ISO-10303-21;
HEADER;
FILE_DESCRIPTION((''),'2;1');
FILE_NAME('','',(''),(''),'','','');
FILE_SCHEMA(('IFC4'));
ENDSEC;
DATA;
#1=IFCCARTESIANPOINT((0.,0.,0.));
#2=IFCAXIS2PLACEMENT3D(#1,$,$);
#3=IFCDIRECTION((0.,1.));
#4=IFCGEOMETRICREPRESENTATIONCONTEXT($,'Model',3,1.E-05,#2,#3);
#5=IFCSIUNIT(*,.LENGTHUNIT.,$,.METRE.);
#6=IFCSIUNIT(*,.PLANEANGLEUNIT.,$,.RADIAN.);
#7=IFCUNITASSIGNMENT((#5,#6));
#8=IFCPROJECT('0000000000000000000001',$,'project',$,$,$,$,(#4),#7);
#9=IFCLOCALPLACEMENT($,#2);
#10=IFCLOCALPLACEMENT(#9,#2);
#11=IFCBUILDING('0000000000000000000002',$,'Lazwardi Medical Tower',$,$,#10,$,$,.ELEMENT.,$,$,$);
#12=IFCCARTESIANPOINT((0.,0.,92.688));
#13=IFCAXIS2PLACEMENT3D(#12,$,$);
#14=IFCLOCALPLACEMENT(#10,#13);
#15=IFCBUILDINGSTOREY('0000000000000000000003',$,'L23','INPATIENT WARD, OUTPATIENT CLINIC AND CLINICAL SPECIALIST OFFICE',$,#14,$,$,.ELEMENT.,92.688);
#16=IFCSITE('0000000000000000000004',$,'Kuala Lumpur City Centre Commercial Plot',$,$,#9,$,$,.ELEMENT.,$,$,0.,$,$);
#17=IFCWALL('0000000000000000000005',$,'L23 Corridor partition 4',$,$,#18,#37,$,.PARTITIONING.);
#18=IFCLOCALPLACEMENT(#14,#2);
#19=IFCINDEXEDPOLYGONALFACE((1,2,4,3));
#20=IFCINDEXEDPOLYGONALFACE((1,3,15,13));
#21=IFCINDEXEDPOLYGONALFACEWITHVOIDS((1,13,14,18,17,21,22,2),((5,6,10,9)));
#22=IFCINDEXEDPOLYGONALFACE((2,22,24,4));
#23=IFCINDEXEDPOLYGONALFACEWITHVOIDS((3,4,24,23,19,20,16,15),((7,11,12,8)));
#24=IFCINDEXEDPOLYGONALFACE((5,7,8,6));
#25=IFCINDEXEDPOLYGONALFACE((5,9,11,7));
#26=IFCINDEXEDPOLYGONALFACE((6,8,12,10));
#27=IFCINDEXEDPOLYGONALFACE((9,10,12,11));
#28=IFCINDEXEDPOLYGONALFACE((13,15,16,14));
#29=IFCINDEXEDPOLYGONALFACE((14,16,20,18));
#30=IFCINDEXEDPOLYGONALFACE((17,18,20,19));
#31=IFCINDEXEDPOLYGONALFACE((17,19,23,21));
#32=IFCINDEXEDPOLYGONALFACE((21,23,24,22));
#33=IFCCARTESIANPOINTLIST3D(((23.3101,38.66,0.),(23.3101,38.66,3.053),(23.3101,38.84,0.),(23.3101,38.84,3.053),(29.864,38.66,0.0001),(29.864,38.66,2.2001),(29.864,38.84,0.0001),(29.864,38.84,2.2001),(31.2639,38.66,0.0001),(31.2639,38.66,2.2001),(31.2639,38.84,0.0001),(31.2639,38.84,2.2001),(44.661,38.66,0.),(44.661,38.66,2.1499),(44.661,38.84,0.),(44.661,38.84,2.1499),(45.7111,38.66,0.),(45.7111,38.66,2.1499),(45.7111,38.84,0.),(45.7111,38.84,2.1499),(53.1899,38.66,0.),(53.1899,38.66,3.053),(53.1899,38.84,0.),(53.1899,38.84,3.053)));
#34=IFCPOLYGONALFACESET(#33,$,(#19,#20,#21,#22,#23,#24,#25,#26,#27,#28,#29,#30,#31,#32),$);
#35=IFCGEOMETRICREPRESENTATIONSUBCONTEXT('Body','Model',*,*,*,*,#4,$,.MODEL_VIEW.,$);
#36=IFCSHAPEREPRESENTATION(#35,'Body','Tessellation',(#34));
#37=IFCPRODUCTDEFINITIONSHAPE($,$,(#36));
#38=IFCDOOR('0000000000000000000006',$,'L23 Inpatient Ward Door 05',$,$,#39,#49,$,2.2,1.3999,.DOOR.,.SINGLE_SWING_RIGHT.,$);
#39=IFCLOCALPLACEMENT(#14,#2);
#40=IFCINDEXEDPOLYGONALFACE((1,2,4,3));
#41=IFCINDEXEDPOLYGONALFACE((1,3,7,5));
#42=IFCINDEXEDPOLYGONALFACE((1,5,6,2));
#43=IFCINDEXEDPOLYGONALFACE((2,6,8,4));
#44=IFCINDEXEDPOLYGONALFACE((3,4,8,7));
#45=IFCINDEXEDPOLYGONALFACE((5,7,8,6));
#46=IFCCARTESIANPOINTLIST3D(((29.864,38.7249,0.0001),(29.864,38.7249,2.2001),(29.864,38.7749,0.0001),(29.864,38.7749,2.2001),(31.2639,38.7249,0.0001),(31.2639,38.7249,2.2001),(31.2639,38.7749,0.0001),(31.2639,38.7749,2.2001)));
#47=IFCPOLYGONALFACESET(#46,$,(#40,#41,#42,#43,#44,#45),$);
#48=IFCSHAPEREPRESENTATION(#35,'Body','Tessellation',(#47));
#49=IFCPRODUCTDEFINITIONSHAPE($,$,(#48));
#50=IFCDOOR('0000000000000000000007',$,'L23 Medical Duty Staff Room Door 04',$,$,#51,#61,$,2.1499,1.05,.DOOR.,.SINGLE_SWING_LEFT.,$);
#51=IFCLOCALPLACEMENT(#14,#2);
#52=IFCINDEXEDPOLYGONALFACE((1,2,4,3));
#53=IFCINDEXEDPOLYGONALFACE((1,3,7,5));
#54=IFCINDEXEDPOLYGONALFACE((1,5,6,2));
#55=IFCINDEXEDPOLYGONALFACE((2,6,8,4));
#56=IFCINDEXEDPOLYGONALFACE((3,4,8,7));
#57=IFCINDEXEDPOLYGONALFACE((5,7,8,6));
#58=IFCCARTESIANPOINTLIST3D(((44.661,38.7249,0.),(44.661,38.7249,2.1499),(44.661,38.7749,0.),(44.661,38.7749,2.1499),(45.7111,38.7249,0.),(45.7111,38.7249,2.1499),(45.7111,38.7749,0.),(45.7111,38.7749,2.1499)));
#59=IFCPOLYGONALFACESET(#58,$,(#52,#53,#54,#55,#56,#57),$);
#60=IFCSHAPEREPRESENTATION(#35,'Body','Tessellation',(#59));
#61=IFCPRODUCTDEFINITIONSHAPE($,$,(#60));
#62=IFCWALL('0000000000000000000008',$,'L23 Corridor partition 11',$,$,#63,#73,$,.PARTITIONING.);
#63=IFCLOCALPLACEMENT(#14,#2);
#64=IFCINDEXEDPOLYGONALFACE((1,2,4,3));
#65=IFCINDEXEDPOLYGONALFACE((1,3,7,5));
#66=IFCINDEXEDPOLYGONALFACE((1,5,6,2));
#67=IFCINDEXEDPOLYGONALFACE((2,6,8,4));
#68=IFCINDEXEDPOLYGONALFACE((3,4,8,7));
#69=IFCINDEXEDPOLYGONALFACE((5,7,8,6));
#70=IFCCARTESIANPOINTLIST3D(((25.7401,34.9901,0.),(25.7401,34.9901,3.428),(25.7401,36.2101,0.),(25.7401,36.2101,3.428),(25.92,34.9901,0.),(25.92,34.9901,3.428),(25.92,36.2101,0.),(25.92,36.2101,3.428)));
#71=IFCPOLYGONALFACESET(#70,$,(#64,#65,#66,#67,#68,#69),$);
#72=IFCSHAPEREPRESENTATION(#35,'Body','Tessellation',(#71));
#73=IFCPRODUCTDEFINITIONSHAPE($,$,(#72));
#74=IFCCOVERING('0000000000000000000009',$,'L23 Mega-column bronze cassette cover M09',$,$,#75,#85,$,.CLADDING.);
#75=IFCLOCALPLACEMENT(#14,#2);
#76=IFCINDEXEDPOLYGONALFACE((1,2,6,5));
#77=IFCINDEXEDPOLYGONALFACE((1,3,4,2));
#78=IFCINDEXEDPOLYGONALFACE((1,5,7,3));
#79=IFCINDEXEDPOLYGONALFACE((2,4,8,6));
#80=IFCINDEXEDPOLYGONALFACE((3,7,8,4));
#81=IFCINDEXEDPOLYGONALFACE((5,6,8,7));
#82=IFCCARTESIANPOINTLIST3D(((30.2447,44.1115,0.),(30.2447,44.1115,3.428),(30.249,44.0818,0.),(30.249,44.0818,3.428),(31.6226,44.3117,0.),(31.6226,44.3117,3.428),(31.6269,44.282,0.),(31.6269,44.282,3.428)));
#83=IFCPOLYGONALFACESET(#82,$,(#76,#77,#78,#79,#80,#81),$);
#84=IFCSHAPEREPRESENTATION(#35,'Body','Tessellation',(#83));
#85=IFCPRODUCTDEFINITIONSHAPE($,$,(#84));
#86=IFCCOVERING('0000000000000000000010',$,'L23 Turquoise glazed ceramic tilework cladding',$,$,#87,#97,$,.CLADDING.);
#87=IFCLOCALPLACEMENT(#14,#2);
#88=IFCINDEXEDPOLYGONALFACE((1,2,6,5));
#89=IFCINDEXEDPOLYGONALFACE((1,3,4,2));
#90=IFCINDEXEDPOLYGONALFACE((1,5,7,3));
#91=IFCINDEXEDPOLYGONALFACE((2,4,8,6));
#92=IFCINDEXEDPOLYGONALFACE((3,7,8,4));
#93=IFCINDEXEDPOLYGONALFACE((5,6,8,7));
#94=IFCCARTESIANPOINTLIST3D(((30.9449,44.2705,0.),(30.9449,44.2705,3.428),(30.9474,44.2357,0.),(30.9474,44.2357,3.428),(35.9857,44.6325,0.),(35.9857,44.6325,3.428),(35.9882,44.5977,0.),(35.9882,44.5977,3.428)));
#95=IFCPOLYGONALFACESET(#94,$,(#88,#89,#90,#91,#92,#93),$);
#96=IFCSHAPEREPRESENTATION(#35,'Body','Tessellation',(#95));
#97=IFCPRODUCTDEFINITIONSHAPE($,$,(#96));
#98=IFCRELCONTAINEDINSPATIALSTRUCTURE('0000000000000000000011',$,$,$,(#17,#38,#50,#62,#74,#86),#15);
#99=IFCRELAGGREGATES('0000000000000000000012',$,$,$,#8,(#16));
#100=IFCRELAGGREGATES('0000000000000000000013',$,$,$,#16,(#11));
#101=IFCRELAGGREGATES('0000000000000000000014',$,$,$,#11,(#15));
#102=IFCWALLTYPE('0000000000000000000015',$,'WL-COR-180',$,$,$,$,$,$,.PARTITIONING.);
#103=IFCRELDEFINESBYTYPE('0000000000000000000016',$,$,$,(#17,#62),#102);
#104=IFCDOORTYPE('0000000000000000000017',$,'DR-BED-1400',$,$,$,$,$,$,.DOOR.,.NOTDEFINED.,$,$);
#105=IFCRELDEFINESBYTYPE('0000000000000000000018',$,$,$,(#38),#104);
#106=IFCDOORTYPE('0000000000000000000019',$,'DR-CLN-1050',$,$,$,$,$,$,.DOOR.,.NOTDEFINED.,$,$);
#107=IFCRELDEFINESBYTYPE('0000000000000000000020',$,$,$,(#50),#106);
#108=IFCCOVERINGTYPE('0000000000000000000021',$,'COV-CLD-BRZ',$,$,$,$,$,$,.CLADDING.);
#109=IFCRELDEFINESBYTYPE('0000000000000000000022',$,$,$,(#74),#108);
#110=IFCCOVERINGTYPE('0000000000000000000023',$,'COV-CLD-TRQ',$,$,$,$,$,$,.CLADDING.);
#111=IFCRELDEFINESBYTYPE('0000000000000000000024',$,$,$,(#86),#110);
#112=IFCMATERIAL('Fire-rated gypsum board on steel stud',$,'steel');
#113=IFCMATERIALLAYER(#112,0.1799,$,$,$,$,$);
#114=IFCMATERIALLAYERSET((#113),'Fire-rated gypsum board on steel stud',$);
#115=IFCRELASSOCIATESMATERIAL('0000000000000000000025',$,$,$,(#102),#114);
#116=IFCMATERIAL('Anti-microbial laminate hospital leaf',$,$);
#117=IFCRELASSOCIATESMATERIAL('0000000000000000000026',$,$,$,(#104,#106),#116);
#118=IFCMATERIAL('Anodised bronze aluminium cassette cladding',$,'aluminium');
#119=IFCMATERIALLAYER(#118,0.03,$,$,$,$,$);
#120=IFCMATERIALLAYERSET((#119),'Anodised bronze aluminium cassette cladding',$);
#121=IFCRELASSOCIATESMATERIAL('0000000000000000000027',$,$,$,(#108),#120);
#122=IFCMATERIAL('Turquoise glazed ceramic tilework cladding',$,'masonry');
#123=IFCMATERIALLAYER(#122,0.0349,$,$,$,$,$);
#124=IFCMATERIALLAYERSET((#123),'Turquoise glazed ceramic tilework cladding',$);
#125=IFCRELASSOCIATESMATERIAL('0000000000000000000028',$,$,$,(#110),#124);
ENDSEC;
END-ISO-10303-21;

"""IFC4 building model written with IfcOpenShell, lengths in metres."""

from ifc_helpers import new_model, si_unit, direction, frame, frame_2d, origin, origin_2d, place, context, subcontext, project, spatial, rectangle, extrude, material, layer, layer_set, type_object, element, fill, save


model = new_model("IFC4")

# Units and contexts
model_context = context("Model", 3, precision=1e-05, world=origin(), true_north=direction((0.0, 1.0)))
body_context = subcontext(model_context, "Body", "Model", "MODEL_VIEW")
ifc_project = project(units=[si_unit("LENGTHUNIT", "METRE"), si_unit("PLANEANGLEUNIT", "RADIAN")], contexts=[model_context])

# Site, building, storey
site_placement = place(None, origin())
site = spatial("IfcSite", under=ifc_project, at=site_placement, Name="Kuala Lumpur City Centre Commercial Plot", CompositionType="ELEMENT", RefElevation=0.0)
building_placement = place(site_placement, origin())
building = spatial("IfcBuilding", under=site, at=building_placement, Name="Lazwardi Medical Tower", CompositionType="ELEMENT")
storey_placement = place(building_placement, frame((0.0, 0.0, 92.688)))
storey = spatial("IfcBuildingStorey", under=building, at=storey_placement, Name="L23", Description="INPATIENT WARD, OUTPATIENT CLINIC AND CLINICAL SPECIALIST OFFICE", CompositionType="ELEMENT", Elevation=92.688)

# Wall, openings, doors
ifc_material_1 = material(Name="Fire-rated gypsum board on steel stud", Category="steel")
ifc_layer_1 = layer(ifc_material_1, 0.1799)
ifc_layer_set_1 = layer_set([ifc_layer_1], Name="Fire-rated gypsum board on steel stud")
wall_type = type_object("IfcWallType", Name="WL-COR-180", PredefinedType="PARTITIONING", material=ifc_layer_set_1)
wall_1_placement = place(storey_placement, frame((23.3101, 38.75, 0.0), z_axis=(0.0, 0.0, 1.0), x_axis=(1.0, 0.0, 0.0)))
wall_1 = element("IfcWall", 1, at=wall_1_placement, inside=storey, type_object=wall_type, Name="L23 Corridor partition 4", PredefinedType="PARTITIONING", context=body_context, shape_type="SweptSolid", body=[
    extrude(rectangle(XDim=29.8799, YDim=0.1799, at=frame_2d((14.9399, 0.0))), origin(), (0.0, 0.0, 1.0), 3.053),
])
opening_1_placement = place(wall_1_placement, frame((21.3511, 0.0, 0.0)))
opening_1 = element("IfcOpeningElement", 2, at=opening_1_placement, cuts=wall_1, PredefinedType="OPENING", context=body_context, shape_type="SweptSolid", body=[
    extrude(rectangle(XDim=1.05, YDim=2.1499, at=frame_2d((0.5249, 1.075))), frame((0.0, 0.0999, 0.0), z_axis=(0.0, -1.0, 0.0), x_axis=(1.0, 0.0, 0.0)), (0.0, 0.0, 1.0), 0.2),
])
opening_2_placement = place(wall_1_placement, frame((6.554, 0.0, 0.0)))
opening_2 = element("IfcOpeningElement", 3, at=opening_2_placement, cuts=wall_1, PredefinedType="OPENING", context=body_context, shape_type="SweptSolid", body=[
    extrude(rectangle(XDim=1.3999, YDim=2.2, at=frame_2d((0.7, 1.1001))), frame((0.0, 0.0999, 0.0), z_axis=(0.0, -1.0, 0.0), x_axis=(1.0, 0.0, 0.0)), (0.0, 0.0, 1.0), 0.2),
])
ifc_material_2 = material(Name="Anti-microbial laminate hospital leaf")
door_type_1 = type_object("IfcDoorType", Name="DR-BED-1400", OperationType="NOTDEFINED", PredefinedType="DOOR", material=ifc_material_2)
door_1_placement = place(opening_2_placement, origin())
door_1 = element("IfcDoor", 4, at=door_1_placement, inside=storey, type_object=door_type_1, Name="L23 Inpatient Ward Door 05", OperationType="SINGLE_SWING_RIGHT", OverallHeight=2.2, OverallWidth=1.3999, PredefinedType="DOOR", context=body_context, shape_type="SweptSolid", body=[
    extrude(rectangle(XDim=1.3999, YDim=2.2, at=frame_2d((0.7, 1.1001))), frame((0.0, 0.0249, 0.0), z_axis=(0.0, -1.0, 0.0), x_axis=(1.0, 0.0, 0.0)), (0.0, 0.0, 1.0), 0.05),
])
fill(opening_2, door_1)
door_type_2 = type_object("IfcDoorType", Name="DR-CLN-1050", OperationType="NOTDEFINED", PredefinedType="DOOR", material=ifc_material_2)
door_2_placement = place(opening_1_placement, origin())
door_2 = element("IfcDoor", 5, at=door_2_placement, inside=storey, type_object=door_type_2, Name="L23 Medical Duty Staff Room Door 04", OperationType="SINGLE_SWING_LEFT", OverallHeight=2.1499, OverallWidth=1.05, PredefinedType="DOOR", context=body_context, shape_type="SweptSolid", body=[
    extrude(rectangle(XDim=1.05, YDim=2.1499, at=frame_2d((0.5249, 1.075))), frame((0.0, 0.0249, 0.0), z_axis=(0.0, -1.0, 0.0), x_axis=(1.0, 0.0, 0.0)), (0.0, 0.0, 1.0), 0.05),
])
fill(opening_1, door_2)

# Wall
wall_2_placement = place(storey_placement, frame((25.8301, 36.21, 0.0), z_axis=(0.0, 0.0, 1.0), x_axis=(0.0, -1.0, 0.0)))
element("IfcWall", 6, at=wall_2_placement, inside=storey, type_object=wall_type, Name="L23 Corridor partition 11", PredefinedType="PARTITIONING", context=body_context, shape_type="SweptSolid", body=[
    extrude(rectangle(XDim=1.22, YDim=0.1799, at=frame_2d((0.6099, 0.0))), origin(), (0.0, 0.0, 1.0), 3.428),
])

# Coverings
ifc_material_3 = material(Name="Anodised bronze aluminium cassette cladding", Category="aluminium")
ifc_layer_2 = layer(ifc_material_3, 0.03)
ifc_layer_set_2 = layer_set([ifc_layer_2], Name="Anodised bronze aluminium cassette cladding")
covering_type_1 = type_object("IfcCoveringType", Name="COV-CLD-BRZ", PredefinedType="CLADDING", material=ifc_layer_set_2)
covering_1_placement = place(storey_placement, frame((30.9358, 44.1968, 0.0), z_axis=(0.0, 0.0, 1.0), x_axis=(-0.989609, -0.143785, 0.0)))
element("IfcCovering", 7, at=covering_1_placement, inside=storey, type_object=covering_type_1, Name="L23 Mega-column bronze cassette cover M09", PredefinedType="CLADDING", context=body_context, shape_type="SweptSolid", body=[
    extrude(rectangle(XDim=1.3923, YDim=0.03, at=origin_2d()), origin(), (0.0, 0.0, 1.0), 3.428),
])
ifc_material_4 = material(Name="Turquoise glazed ceramic tilework cladding", Category="masonry")
ifc_layer_3 = layer(ifc_material_4, 0.0349)
ifc_layer_set_3 = layer_set([ifc_layer_3], Name="Turquoise glazed ceramic tilework cladding")
covering_type_2 = type_object("IfcCoveringType", Name="COV-CLD-TRQ", PredefinedType="CLADDING", material=ifc_layer_set_3)
covering_2_placement = place(storey_placement, frame((33.4666, 44.4341, 0.0), z_axis=(0.0, 0.0, 1.0), x_axis=(-0.997431, -0.071631, 0.0)))
element("IfcCovering", 8, at=covering_2_placement, inside=storey, type_object=covering_type_2, Name="L23 Turquoise glazed ceramic tilework cladding", PredefinedType="CLADDING", context=body_context, shape_type="SweptSolid", body=[
    extrude(rectangle(XDim=5.0537, YDim=0.0349, at=origin_2d()), origin(), (0.0, 0.0, 1.0), 3.428),
])

save(model, "model.ifc")
